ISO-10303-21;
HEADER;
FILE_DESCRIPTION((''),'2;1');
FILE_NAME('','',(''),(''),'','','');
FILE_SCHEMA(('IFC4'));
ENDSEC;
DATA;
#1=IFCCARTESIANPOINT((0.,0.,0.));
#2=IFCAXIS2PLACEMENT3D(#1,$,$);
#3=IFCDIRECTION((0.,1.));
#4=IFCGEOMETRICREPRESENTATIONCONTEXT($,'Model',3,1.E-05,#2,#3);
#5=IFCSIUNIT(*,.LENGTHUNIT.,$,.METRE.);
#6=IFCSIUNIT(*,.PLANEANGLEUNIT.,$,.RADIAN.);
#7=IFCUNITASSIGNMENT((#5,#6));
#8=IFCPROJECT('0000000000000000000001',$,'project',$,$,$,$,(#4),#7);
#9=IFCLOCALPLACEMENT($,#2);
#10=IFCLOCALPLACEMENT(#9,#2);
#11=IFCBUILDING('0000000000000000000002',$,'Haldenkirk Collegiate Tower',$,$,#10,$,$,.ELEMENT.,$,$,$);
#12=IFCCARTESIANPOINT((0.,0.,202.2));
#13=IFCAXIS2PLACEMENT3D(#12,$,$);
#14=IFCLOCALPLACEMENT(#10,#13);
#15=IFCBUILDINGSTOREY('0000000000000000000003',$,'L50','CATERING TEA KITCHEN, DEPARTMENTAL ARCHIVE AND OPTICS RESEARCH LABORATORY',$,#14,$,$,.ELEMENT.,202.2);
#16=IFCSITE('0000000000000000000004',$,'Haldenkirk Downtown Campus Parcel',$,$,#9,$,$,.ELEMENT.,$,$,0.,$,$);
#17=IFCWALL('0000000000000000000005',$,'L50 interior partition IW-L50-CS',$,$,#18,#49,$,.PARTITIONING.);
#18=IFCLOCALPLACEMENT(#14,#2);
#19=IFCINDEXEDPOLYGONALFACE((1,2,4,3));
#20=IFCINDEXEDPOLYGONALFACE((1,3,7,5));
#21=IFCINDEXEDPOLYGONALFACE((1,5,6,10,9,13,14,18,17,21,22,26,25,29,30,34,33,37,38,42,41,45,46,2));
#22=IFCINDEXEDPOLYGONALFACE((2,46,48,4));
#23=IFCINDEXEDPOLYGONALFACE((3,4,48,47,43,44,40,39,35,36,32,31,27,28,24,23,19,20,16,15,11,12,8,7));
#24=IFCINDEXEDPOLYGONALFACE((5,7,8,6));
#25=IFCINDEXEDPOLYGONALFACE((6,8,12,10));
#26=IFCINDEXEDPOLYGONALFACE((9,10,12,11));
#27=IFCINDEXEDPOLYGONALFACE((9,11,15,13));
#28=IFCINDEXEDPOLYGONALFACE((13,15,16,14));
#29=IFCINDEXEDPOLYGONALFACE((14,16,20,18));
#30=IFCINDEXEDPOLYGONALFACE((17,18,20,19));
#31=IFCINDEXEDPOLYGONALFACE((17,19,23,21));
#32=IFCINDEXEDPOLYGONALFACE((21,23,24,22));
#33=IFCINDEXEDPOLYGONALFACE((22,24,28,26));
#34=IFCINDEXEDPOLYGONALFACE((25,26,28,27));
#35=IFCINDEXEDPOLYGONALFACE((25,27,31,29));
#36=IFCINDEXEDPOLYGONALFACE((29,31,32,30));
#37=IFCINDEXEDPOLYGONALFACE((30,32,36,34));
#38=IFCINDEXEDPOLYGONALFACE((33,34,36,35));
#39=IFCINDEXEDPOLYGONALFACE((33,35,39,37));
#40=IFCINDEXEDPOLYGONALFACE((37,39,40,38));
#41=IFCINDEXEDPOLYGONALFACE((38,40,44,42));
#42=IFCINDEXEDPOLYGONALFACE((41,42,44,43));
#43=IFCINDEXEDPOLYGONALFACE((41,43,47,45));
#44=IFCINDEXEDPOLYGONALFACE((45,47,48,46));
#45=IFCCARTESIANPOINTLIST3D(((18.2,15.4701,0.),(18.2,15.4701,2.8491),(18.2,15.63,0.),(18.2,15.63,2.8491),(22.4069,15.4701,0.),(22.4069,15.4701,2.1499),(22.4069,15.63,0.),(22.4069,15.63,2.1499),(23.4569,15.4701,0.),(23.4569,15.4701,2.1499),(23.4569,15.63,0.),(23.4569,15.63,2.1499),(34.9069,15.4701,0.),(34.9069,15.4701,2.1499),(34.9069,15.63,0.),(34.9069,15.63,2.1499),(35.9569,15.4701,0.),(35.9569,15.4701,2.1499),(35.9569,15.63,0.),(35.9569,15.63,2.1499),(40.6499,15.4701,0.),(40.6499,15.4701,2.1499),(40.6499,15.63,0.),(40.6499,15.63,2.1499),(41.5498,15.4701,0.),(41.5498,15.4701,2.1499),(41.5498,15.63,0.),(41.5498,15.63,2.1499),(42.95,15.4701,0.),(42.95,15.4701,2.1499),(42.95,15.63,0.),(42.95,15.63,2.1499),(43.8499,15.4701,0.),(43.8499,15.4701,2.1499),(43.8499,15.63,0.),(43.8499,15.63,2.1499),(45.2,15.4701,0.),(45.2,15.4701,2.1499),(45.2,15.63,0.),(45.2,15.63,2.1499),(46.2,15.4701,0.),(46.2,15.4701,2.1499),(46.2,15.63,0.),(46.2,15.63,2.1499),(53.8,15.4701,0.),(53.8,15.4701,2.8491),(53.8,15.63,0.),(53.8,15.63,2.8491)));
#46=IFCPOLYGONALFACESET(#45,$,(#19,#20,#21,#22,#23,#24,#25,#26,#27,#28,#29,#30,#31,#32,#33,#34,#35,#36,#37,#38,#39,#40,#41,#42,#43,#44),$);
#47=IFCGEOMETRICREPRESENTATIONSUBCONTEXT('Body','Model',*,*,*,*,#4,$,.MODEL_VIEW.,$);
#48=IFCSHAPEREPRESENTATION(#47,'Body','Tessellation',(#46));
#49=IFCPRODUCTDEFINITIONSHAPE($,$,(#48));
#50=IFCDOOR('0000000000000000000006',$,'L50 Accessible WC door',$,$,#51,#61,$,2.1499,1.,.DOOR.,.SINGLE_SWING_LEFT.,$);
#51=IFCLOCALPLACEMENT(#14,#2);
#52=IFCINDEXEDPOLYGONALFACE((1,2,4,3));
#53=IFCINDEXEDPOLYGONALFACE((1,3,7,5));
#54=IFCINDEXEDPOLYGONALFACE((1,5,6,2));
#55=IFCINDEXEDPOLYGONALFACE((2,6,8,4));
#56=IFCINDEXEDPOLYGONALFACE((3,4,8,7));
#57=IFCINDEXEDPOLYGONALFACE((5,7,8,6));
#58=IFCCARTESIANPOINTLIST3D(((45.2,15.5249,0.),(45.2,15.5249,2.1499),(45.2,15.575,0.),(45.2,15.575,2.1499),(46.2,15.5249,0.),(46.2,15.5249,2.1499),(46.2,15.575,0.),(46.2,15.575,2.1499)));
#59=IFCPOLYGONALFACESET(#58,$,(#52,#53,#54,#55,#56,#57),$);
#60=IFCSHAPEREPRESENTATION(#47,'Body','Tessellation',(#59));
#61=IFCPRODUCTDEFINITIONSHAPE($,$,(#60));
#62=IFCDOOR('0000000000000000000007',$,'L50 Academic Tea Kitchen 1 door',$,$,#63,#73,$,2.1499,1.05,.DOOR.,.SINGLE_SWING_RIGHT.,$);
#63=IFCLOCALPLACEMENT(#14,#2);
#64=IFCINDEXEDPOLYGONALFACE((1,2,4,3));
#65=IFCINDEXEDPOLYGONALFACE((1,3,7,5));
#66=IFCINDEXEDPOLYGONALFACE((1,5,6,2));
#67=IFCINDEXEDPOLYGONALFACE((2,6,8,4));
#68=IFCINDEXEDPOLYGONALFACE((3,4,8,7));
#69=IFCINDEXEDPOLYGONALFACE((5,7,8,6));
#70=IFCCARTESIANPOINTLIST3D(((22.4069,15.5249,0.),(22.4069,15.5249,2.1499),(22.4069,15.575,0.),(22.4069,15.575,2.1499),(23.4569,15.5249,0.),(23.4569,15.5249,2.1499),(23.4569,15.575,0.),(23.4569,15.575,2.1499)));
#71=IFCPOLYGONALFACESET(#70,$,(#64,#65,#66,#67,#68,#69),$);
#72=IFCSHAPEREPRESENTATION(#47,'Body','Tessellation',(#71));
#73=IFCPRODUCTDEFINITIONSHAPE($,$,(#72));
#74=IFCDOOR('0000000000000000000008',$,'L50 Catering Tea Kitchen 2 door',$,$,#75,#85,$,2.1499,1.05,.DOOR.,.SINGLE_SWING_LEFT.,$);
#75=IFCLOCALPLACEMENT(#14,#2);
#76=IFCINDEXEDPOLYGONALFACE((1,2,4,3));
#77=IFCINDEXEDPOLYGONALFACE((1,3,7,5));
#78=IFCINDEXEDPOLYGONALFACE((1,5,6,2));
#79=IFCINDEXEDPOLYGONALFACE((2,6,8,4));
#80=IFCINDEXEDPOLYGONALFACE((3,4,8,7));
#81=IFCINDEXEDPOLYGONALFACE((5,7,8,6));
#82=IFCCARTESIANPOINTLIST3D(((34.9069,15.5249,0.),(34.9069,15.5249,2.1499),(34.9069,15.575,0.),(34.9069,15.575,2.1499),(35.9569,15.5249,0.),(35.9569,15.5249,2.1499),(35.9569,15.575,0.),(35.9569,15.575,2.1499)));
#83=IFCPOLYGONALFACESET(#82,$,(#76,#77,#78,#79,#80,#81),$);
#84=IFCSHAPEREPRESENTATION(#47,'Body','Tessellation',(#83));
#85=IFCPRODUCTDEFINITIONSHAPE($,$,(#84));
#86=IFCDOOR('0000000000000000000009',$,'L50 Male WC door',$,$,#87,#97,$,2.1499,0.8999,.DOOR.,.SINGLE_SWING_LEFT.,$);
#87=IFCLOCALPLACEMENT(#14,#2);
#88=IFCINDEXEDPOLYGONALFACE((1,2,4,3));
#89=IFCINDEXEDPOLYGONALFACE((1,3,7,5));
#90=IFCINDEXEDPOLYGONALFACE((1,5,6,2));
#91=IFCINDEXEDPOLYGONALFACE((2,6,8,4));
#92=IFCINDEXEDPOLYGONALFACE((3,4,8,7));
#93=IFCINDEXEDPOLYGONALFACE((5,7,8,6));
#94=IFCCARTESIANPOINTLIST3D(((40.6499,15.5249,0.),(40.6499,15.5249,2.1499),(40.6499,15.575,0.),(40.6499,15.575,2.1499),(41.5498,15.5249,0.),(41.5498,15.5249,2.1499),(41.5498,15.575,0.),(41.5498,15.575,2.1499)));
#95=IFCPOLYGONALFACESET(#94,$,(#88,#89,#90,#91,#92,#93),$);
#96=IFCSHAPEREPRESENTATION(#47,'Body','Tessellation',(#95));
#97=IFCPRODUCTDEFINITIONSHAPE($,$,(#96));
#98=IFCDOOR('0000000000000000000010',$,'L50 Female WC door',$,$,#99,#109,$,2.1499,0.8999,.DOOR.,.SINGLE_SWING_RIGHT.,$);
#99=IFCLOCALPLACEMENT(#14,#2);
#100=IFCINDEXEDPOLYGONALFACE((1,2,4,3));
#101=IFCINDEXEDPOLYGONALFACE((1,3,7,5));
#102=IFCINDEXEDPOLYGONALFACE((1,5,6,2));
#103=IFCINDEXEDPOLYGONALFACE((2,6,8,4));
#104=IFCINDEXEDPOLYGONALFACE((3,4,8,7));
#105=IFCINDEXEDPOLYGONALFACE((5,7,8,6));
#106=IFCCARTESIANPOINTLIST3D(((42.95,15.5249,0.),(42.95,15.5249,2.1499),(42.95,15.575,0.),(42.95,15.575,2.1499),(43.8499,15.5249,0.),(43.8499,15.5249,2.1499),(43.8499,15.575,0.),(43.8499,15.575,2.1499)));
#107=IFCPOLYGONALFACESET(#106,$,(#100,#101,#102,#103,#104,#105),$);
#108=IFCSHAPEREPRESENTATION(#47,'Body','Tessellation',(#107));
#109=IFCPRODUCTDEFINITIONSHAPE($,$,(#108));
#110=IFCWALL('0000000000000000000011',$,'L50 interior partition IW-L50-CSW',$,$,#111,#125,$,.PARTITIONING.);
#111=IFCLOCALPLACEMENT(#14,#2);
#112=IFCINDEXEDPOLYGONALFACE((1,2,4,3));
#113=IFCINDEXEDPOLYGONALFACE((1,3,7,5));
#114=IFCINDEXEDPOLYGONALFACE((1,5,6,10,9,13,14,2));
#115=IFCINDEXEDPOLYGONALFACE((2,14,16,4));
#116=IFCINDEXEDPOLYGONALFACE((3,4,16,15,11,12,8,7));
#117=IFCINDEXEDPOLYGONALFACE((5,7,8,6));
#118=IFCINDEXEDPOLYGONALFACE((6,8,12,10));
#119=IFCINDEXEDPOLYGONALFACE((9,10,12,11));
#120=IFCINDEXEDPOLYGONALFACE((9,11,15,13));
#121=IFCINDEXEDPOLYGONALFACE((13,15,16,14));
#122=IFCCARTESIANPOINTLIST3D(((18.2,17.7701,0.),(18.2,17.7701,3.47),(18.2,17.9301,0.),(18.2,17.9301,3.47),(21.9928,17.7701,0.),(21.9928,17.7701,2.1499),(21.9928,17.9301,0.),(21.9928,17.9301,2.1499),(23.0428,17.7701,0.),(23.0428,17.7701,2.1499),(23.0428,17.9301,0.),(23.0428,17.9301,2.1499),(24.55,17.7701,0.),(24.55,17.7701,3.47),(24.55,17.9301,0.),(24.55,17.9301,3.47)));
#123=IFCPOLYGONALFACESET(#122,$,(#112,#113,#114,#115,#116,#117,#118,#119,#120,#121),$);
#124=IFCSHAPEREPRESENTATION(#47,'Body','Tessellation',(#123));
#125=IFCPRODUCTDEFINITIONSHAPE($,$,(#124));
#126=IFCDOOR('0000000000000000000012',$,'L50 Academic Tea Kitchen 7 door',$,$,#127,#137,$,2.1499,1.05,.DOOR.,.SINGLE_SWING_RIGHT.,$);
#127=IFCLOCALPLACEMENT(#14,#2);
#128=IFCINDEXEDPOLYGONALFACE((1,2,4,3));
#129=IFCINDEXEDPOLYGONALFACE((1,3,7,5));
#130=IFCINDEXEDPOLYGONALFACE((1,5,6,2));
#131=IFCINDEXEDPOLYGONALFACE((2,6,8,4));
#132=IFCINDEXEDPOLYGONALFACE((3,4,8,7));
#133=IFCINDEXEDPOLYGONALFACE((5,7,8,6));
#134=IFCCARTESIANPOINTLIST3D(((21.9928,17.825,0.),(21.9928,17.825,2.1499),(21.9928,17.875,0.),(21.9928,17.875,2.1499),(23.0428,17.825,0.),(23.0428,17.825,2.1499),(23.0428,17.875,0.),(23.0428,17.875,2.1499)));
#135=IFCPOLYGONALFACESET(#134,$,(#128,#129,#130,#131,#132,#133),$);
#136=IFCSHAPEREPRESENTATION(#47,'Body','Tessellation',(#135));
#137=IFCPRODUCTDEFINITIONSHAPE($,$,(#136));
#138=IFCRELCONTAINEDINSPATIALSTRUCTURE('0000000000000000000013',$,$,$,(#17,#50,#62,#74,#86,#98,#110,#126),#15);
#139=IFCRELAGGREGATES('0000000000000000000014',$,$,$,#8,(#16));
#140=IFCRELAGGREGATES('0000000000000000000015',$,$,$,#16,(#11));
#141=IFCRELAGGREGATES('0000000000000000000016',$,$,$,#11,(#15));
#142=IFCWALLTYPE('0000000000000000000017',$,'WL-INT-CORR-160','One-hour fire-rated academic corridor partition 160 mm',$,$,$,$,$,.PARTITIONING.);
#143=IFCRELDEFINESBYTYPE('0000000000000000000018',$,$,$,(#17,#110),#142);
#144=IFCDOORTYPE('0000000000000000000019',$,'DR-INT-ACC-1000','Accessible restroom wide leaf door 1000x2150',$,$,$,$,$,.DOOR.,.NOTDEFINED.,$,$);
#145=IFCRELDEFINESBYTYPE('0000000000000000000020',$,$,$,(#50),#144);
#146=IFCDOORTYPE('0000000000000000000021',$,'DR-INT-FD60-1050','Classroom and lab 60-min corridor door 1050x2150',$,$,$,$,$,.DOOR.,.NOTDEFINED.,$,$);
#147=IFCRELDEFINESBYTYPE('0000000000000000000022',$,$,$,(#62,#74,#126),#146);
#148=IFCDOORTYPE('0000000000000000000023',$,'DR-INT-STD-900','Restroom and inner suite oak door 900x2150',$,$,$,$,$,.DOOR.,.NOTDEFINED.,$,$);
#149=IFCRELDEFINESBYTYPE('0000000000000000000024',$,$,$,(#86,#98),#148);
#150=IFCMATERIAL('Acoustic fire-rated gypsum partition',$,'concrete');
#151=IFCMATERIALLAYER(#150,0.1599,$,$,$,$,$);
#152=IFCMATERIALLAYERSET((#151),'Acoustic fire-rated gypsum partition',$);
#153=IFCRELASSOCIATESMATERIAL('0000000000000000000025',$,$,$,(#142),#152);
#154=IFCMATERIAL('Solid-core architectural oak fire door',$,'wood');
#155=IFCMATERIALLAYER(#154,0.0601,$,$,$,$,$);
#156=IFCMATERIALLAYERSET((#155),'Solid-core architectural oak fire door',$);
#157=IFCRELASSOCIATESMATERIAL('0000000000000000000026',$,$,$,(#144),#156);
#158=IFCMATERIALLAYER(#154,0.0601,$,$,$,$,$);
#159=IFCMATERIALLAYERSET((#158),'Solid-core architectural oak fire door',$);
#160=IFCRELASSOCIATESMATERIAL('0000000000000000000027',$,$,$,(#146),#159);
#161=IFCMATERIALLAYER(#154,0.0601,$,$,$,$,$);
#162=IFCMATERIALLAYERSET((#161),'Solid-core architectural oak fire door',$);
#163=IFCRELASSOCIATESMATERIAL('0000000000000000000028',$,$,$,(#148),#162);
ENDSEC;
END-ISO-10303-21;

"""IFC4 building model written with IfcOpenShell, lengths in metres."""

from ifc_helpers import new_model, si_unit, direction, frame, frame_2d, origin, place, context, subcontext, project, spatial, rectangle, extrude, material, layer, layer_set, type_object, element, fill, save


model = new_model("IFC4")

# Units and contexts
model_context = context("Model", 3, precision=1e-05, world=origin(), true_north=direction((0.0, 1.0)))
body_context = subcontext(model_context, "Body", "Model", "MODEL_VIEW")
ifc_project = project(units=[si_unit("LENGTHUNIT", "METRE"), si_unit("PLANEANGLEUNIT", "RADIAN")], contexts=[model_context])

# Site, building, storey
site_placement = place(None, origin())
site = spatial("IfcSite", under=ifc_project, at=site_placement, Name="Haldenkirk Downtown Campus Parcel", CompositionType="ELEMENT", RefElevation=0.0)
building_placement = place(site_placement, origin())
building = spatial("IfcBuilding", under=site, at=building_placement, Name="Haldenkirk Collegiate Tower", CompositionType="ELEMENT")
storey_placement = place(building_placement, frame((0.0, 0.0, 202.2)))
storey = spatial("IfcBuildingStorey", under=building, at=storey_placement, Name="L50", Description="CATERING TEA KITCHEN, DEPARTMENTAL ARCHIVE AND OPTICS RESEARCH LABORATORY", CompositionType="ELEMENT", Elevation=202.2)

# Wall, openings, doors
ifc_material_1 = material(Name="Acoustic fire-rated gypsum partition", Category="concrete")
ifc_layer_1 = layer(ifc_material_1, 0.1599)
ifc_layer_set_1 = layer_set([ifc_layer_1], Name="Acoustic fire-rated gypsum partition")
wall_type_1 = type_object("IfcWallType", Name="WL-INT-CORR-160", Description="One-hour fire-rated academic corridor partition 160 mm", PredefinedType="PARTITIONING", material=ifc_layer_set_1)
wall_1_placement = place(storey_placement, frame((18.2, 15.55, 0.0), z_axis=(0.0, 0.0, 1.0), x_axis=(1.0, 0.0, 0.0)))
wall_1 = element("IfcWall", 1, at=wall_1_placement, inside=storey, type_object=wall_type_1, Name="L50 interior partition IW-L50-CS", PredefinedType="PARTITIONING", context=body_context, shape_type="SweptSolid", body=[
    extrude(rectangle(XDim=35.6001, YDim=0.1599, at=frame_2d((17.8, 0.0))), origin(), (0.0, 0.0, 1.0), 2.8491),
])
opening_1_placement = place(wall_1_placement, frame((22.45, 0.0, 0.0)))
opening_1 = element("IfcOpeningElement", 2, at=opening_1_placement, cuts=wall_1, PredefinedType="OPENING", context=body_context, shape_type="SweptSolid", body=[
    extrude(rectangle(XDim=0.8999, YDim=2.1499, at=frame_2d((0.45, 1.075))), frame((0.0, 0.0898, 0.0), z_axis=(0.0, -1.0, 0.0), x_axis=(1.0, 0.0, 0.0)), (0.0, 0.0, 1.0), 0.1799),
])
opening_2_placement = place(wall_1_placement, frame((24.75, 0.0, 0.0)))
opening_2 = element("IfcOpeningElement", 3, at=opening_2_placement, cuts=wall_1, PredefinedType="OPENING", context=body_context, shape_type="SweptSolid", body=[
    extrude(rectangle(XDim=0.8999, YDim=2.1499, at=frame_2d((0.45, 1.075))), frame((0.0, 0.0898, 0.0), z_axis=(0.0, -1.0, 0.0), x_axis=(1.0, 0.0, 0.0)), (0.0, 0.0, 1.0), 0.1799),
])
opening_3_placement = place(wall_1_placement, frame((27.0, 0.0, 0.0)))
opening_3 = element("IfcOpeningElement", 4, at=opening_3_placement, cuts=wall_1, PredefinedType="OPENING", context=body_context, shape_type="SweptSolid", body=[
    extrude(rectangle(XDim=1.0, YDim=2.1499, at=frame_2d((0.5, 1.075))), frame((0.0, 0.0898, 0.0), z_axis=(0.0, -1.0, 0.0), x_axis=(1.0, 0.0, 0.0)), (0.0, 0.0, 1.0), 0.1799),
])
opening_4_placement = place(wall_1_placement, frame((4.207, 0.0, 0.0)))
opening_4 = element("IfcOpeningElement", 5, at=opening_4_placement, cuts=wall_1, PredefinedType="OPENING", context=body_context, shape_type="SweptSolid", body=[
    extrude(rectangle(XDim=1.05, YDim=2.1499, at=frame_2d((0.5249, 1.075))), frame((0.0, 0.0898, 0.0), z_axis=(0.0, -1.0, 0.0), x_axis=(1.0, 0.0, 0.0)), (0.0, 0.0, 1.0), 0.1799),
])
opening_5_placement = place(wall_1_placement, frame((16.707, 0.0, 0.0)))
opening_5 = element("IfcOpeningElement", 6, at=opening_5_placement, cuts=wall_1, PredefinedType="OPENING", context=body_context, shape_type="SweptSolid", body=[
    extrude(rectangle(XDim=1.05, YDim=2.1499, at=frame_2d((0.5249, 1.075))), frame((0.0, 0.0898, 0.0), z_axis=(0.0, -1.0, 0.0), x_axis=(1.0, 0.0, 0.0)), (0.0, 0.0, 1.0), 0.1799),
])
ifc_material_2 = material(Name="Solid-core architectural oak fire door", Category="wood")
ifc_layer_2 = layer(ifc_material_2, 0.0601)
ifc_layer_set_2 = layer_set([ifc_layer_2], Name="Solid-core architectural oak fire door")
door_type_1 = type_object("IfcDoorType", Name="DR-INT-ACC-1000", Description="Accessible restroom wide leaf door 1000x2150", OperationType="NOTDEFINED", PredefinedType="DOOR", material=ifc_layer_set_2)
door_1_placement = place(opening_3_placement, origin())
door_1 = element("IfcDoor", 7, at=door_1_placement, inside=storey, type_object=door_type_1, Name="L50 Accessible WC door", OperationType="SINGLE_SWING_LEFT", OverallHeight=2.1499, OverallWidth=1.0, PredefinedType="DOOR", context=body_context, shape_type="SweptSolid", body=[
    extrude(rectangle(XDim=1.0, YDim=2.1499, at=frame_2d((0.5, 1.075))), frame((0.0, 0.0249, 0.0), z_axis=(0.0, -1.0, 0.0), x_axis=(1.0, 0.0, 0.0)), (0.0, 0.0, 1.0), 0.05),
])
fill(opening_3, door_1)
ifc_layer_3 = layer(ifc_material_2, 0.0601)
ifc_layer_set_3 = layer_set([ifc_layer_3], Name="Solid-core architectural oak fire door")
door_type_2 = type_object("IfcDoorType", Name="DR-INT-FD60-1050", Description="Classroom and lab 60-min corridor door 1050x2150", OperationType="NOTDEFINED", PredefinedType="DOOR", material=ifc_layer_set_3)
door_2_placement = place(opening_4_placement, origin())
door_2 = element("IfcDoor", 8, at=door_2_placement, inside=storey, type_object=door_type_2, Name="L50 Academic Tea Kitchen 1 door", OperationType="SINGLE_SWING_RIGHT", OverallHeight=2.1499, OverallWidth=1.05, PredefinedType="DOOR", context=body_context, shape_type="SweptSolid", body=[
    extrude(rectangle(XDim=1.05, YDim=2.1499, at=frame_2d((0.5249, 1.075))), frame((0.0, 0.0249, 0.0), z_axis=(0.0, -1.0, 0.0), x_axis=(1.0, 0.0, 0.0)), (0.0, 0.0, 1.0), 0.05),
])
fill(opening_4, door_2)
door_3_placement = place(opening_5_placement, origin())
door_3 = element("IfcDoor", 9, at=door_3_placement, inside=storey, type_object=door_type_2, Name="L50 Catering Tea Kitchen 2 door", OperationType="SINGLE_SWING_LEFT", OverallHeight=2.1499, OverallWidth=1.05, PredefinedType="DOOR", context=body_context, shape_type="SweptSolid", body=[
    extrude(rectangle(XDim=1.05, YDim=2.1499, at=frame_2d((0.5249, 1.075))), frame((0.0, 0.0249, 0.0), z_axis=(0.0, -1.0, 0.0), x_axis=(1.0, 0.0, 0.0)), (0.0, 0.0, 1.0), 0.05),
])
fill(opening_5, door_3)
ifc_layer_4 = layer(ifc_material_2, 0.0601)
ifc_layer_set_4 = layer_set([ifc_layer_4], Name="Solid-core architectural oak fire door")
door_type_3 = type_object("IfcDoorType", Name="DR-INT-STD-900", Description="Restroom and inner suite oak door 900x2150", OperationType="NOTDEFINED", PredefinedType="DOOR", material=ifc_layer_set_4)
door_4_placement = place(opening_1_placement, origin())
door_4 = element("IfcDoor", 10, at=door_4_placement, inside=storey, type_object=door_type_3, Name="L50 Male WC door", OperationType="SINGLE_SWING_LEFT", OverallHeight=2.1499, OverallWidth=0.8999, PredefinedType="DOOR", context=body_context, shape_type="SweptSolid", body=[
    extrude(rectangle(XDim=0.8999, YDim=2.1499, at=frame_2d((0.45, 1.075))), frame((0.0, 0.0249, 0.0), z_axis=(0.0, -1.0, 0.0), x_axis=(1.0, 0.0, 0.0)), (0.0, 0.0, 1.0), 0.05),
])
fill(opening_1, door_4)
door_5_placement = place(opening_2_placement, origin())
door_5 = element("IfcDoor", 11, at=door_5_placement, inside=storey, type_object=door_type_3, Name="L50 Female WC door", OperationType="SINGLE_SWING_RIGHT", OverallHeight=2.1499, OverallWidth=0.8999, PredefinedType="DOOR", context=body_context, shape_type="SweptSolid", body=[
    extrude(rectangle(XDim=0.8999, YDim=2.1499, at=frame_2d((0.45, 1.075))), frame((0.0, 0.0249, 0.0), z_axis=(0.0, -1.0, 0.0), x_axis=(1.0, 0.0, 0.0)), (0.0, 0.0, 1.0), 0.05),
])
fill(opening_2, door_5)

# Wall, opening, door
wall_2_placement = place(storey_placement, frame((18.2, 17.8501, 0.0), z_axis=(0.0, 0.0, 1.0), x_axis=(1.0, 0.0, 0.0)))
wall_2 = element("IfcWall", 12, at=wall_2_placement, inside=storey, type_object=wall_type_1, Name="L50 interior partition IW-L50-CSW", PredefinedType="PARTITIONING", context=body_context, shape_type="SweptSolid", body=[
    extrude(rectangle(XDim=6.3501, YDim=0.1599, at=frame_2d((3.175, 0.0))), origin(), (0.0, 0.0, 1.0), 3.47),
])
opening_6_placement = place(wall_2_placement, frame((3.793, 0.0, 0.0)))
opening_6 = element("IfcOpeningElement", 13, at=opening_6_placement, cuts=wall_2, PredefinedType="OPENING", context=body_context, shape_type="SweptSolid", body=[
    extrude(rectangle(XDim=1.05, YDim=2.1499, at=frame_2d((0.5249, 1.075))), frame((0.0, 0.0898, 0.0), z_axis=(0.0, -1.0, 0.0), x_axis=(1.0, 0.0, 0.0)), (0.0, 0.0, 1.0), 0.1799),
])
door_6_placement = place(opening_6_placement, origin())
door_6 = element("IfcDoor", 14, at=door_6_placement, inside=storey, type_object=door_type_2, Name="L50 Academic Tea Kitchen 7 door", OperationType="SINGLE_SWING_RIGHT", OverallHeight=2.1499, OverallWidth=1.05, PredefinedType="DOOR", context=body_context, shape_type="SweptSolid", body=[
    extrude(rectangle(XDim=1.05, YDim=2.1499, at=frame_2d((0.5249, 1.075))), frame((0.0, 0.0249, 0.0), z_axis=(0.0, -1.0, 0.0), x_axis=(1.0, 0.0, 0.0)), (0.0, 0.0, 1.0), 0.05),
])
fill(opening_6, door_6)

save(model, "model.ifc")
